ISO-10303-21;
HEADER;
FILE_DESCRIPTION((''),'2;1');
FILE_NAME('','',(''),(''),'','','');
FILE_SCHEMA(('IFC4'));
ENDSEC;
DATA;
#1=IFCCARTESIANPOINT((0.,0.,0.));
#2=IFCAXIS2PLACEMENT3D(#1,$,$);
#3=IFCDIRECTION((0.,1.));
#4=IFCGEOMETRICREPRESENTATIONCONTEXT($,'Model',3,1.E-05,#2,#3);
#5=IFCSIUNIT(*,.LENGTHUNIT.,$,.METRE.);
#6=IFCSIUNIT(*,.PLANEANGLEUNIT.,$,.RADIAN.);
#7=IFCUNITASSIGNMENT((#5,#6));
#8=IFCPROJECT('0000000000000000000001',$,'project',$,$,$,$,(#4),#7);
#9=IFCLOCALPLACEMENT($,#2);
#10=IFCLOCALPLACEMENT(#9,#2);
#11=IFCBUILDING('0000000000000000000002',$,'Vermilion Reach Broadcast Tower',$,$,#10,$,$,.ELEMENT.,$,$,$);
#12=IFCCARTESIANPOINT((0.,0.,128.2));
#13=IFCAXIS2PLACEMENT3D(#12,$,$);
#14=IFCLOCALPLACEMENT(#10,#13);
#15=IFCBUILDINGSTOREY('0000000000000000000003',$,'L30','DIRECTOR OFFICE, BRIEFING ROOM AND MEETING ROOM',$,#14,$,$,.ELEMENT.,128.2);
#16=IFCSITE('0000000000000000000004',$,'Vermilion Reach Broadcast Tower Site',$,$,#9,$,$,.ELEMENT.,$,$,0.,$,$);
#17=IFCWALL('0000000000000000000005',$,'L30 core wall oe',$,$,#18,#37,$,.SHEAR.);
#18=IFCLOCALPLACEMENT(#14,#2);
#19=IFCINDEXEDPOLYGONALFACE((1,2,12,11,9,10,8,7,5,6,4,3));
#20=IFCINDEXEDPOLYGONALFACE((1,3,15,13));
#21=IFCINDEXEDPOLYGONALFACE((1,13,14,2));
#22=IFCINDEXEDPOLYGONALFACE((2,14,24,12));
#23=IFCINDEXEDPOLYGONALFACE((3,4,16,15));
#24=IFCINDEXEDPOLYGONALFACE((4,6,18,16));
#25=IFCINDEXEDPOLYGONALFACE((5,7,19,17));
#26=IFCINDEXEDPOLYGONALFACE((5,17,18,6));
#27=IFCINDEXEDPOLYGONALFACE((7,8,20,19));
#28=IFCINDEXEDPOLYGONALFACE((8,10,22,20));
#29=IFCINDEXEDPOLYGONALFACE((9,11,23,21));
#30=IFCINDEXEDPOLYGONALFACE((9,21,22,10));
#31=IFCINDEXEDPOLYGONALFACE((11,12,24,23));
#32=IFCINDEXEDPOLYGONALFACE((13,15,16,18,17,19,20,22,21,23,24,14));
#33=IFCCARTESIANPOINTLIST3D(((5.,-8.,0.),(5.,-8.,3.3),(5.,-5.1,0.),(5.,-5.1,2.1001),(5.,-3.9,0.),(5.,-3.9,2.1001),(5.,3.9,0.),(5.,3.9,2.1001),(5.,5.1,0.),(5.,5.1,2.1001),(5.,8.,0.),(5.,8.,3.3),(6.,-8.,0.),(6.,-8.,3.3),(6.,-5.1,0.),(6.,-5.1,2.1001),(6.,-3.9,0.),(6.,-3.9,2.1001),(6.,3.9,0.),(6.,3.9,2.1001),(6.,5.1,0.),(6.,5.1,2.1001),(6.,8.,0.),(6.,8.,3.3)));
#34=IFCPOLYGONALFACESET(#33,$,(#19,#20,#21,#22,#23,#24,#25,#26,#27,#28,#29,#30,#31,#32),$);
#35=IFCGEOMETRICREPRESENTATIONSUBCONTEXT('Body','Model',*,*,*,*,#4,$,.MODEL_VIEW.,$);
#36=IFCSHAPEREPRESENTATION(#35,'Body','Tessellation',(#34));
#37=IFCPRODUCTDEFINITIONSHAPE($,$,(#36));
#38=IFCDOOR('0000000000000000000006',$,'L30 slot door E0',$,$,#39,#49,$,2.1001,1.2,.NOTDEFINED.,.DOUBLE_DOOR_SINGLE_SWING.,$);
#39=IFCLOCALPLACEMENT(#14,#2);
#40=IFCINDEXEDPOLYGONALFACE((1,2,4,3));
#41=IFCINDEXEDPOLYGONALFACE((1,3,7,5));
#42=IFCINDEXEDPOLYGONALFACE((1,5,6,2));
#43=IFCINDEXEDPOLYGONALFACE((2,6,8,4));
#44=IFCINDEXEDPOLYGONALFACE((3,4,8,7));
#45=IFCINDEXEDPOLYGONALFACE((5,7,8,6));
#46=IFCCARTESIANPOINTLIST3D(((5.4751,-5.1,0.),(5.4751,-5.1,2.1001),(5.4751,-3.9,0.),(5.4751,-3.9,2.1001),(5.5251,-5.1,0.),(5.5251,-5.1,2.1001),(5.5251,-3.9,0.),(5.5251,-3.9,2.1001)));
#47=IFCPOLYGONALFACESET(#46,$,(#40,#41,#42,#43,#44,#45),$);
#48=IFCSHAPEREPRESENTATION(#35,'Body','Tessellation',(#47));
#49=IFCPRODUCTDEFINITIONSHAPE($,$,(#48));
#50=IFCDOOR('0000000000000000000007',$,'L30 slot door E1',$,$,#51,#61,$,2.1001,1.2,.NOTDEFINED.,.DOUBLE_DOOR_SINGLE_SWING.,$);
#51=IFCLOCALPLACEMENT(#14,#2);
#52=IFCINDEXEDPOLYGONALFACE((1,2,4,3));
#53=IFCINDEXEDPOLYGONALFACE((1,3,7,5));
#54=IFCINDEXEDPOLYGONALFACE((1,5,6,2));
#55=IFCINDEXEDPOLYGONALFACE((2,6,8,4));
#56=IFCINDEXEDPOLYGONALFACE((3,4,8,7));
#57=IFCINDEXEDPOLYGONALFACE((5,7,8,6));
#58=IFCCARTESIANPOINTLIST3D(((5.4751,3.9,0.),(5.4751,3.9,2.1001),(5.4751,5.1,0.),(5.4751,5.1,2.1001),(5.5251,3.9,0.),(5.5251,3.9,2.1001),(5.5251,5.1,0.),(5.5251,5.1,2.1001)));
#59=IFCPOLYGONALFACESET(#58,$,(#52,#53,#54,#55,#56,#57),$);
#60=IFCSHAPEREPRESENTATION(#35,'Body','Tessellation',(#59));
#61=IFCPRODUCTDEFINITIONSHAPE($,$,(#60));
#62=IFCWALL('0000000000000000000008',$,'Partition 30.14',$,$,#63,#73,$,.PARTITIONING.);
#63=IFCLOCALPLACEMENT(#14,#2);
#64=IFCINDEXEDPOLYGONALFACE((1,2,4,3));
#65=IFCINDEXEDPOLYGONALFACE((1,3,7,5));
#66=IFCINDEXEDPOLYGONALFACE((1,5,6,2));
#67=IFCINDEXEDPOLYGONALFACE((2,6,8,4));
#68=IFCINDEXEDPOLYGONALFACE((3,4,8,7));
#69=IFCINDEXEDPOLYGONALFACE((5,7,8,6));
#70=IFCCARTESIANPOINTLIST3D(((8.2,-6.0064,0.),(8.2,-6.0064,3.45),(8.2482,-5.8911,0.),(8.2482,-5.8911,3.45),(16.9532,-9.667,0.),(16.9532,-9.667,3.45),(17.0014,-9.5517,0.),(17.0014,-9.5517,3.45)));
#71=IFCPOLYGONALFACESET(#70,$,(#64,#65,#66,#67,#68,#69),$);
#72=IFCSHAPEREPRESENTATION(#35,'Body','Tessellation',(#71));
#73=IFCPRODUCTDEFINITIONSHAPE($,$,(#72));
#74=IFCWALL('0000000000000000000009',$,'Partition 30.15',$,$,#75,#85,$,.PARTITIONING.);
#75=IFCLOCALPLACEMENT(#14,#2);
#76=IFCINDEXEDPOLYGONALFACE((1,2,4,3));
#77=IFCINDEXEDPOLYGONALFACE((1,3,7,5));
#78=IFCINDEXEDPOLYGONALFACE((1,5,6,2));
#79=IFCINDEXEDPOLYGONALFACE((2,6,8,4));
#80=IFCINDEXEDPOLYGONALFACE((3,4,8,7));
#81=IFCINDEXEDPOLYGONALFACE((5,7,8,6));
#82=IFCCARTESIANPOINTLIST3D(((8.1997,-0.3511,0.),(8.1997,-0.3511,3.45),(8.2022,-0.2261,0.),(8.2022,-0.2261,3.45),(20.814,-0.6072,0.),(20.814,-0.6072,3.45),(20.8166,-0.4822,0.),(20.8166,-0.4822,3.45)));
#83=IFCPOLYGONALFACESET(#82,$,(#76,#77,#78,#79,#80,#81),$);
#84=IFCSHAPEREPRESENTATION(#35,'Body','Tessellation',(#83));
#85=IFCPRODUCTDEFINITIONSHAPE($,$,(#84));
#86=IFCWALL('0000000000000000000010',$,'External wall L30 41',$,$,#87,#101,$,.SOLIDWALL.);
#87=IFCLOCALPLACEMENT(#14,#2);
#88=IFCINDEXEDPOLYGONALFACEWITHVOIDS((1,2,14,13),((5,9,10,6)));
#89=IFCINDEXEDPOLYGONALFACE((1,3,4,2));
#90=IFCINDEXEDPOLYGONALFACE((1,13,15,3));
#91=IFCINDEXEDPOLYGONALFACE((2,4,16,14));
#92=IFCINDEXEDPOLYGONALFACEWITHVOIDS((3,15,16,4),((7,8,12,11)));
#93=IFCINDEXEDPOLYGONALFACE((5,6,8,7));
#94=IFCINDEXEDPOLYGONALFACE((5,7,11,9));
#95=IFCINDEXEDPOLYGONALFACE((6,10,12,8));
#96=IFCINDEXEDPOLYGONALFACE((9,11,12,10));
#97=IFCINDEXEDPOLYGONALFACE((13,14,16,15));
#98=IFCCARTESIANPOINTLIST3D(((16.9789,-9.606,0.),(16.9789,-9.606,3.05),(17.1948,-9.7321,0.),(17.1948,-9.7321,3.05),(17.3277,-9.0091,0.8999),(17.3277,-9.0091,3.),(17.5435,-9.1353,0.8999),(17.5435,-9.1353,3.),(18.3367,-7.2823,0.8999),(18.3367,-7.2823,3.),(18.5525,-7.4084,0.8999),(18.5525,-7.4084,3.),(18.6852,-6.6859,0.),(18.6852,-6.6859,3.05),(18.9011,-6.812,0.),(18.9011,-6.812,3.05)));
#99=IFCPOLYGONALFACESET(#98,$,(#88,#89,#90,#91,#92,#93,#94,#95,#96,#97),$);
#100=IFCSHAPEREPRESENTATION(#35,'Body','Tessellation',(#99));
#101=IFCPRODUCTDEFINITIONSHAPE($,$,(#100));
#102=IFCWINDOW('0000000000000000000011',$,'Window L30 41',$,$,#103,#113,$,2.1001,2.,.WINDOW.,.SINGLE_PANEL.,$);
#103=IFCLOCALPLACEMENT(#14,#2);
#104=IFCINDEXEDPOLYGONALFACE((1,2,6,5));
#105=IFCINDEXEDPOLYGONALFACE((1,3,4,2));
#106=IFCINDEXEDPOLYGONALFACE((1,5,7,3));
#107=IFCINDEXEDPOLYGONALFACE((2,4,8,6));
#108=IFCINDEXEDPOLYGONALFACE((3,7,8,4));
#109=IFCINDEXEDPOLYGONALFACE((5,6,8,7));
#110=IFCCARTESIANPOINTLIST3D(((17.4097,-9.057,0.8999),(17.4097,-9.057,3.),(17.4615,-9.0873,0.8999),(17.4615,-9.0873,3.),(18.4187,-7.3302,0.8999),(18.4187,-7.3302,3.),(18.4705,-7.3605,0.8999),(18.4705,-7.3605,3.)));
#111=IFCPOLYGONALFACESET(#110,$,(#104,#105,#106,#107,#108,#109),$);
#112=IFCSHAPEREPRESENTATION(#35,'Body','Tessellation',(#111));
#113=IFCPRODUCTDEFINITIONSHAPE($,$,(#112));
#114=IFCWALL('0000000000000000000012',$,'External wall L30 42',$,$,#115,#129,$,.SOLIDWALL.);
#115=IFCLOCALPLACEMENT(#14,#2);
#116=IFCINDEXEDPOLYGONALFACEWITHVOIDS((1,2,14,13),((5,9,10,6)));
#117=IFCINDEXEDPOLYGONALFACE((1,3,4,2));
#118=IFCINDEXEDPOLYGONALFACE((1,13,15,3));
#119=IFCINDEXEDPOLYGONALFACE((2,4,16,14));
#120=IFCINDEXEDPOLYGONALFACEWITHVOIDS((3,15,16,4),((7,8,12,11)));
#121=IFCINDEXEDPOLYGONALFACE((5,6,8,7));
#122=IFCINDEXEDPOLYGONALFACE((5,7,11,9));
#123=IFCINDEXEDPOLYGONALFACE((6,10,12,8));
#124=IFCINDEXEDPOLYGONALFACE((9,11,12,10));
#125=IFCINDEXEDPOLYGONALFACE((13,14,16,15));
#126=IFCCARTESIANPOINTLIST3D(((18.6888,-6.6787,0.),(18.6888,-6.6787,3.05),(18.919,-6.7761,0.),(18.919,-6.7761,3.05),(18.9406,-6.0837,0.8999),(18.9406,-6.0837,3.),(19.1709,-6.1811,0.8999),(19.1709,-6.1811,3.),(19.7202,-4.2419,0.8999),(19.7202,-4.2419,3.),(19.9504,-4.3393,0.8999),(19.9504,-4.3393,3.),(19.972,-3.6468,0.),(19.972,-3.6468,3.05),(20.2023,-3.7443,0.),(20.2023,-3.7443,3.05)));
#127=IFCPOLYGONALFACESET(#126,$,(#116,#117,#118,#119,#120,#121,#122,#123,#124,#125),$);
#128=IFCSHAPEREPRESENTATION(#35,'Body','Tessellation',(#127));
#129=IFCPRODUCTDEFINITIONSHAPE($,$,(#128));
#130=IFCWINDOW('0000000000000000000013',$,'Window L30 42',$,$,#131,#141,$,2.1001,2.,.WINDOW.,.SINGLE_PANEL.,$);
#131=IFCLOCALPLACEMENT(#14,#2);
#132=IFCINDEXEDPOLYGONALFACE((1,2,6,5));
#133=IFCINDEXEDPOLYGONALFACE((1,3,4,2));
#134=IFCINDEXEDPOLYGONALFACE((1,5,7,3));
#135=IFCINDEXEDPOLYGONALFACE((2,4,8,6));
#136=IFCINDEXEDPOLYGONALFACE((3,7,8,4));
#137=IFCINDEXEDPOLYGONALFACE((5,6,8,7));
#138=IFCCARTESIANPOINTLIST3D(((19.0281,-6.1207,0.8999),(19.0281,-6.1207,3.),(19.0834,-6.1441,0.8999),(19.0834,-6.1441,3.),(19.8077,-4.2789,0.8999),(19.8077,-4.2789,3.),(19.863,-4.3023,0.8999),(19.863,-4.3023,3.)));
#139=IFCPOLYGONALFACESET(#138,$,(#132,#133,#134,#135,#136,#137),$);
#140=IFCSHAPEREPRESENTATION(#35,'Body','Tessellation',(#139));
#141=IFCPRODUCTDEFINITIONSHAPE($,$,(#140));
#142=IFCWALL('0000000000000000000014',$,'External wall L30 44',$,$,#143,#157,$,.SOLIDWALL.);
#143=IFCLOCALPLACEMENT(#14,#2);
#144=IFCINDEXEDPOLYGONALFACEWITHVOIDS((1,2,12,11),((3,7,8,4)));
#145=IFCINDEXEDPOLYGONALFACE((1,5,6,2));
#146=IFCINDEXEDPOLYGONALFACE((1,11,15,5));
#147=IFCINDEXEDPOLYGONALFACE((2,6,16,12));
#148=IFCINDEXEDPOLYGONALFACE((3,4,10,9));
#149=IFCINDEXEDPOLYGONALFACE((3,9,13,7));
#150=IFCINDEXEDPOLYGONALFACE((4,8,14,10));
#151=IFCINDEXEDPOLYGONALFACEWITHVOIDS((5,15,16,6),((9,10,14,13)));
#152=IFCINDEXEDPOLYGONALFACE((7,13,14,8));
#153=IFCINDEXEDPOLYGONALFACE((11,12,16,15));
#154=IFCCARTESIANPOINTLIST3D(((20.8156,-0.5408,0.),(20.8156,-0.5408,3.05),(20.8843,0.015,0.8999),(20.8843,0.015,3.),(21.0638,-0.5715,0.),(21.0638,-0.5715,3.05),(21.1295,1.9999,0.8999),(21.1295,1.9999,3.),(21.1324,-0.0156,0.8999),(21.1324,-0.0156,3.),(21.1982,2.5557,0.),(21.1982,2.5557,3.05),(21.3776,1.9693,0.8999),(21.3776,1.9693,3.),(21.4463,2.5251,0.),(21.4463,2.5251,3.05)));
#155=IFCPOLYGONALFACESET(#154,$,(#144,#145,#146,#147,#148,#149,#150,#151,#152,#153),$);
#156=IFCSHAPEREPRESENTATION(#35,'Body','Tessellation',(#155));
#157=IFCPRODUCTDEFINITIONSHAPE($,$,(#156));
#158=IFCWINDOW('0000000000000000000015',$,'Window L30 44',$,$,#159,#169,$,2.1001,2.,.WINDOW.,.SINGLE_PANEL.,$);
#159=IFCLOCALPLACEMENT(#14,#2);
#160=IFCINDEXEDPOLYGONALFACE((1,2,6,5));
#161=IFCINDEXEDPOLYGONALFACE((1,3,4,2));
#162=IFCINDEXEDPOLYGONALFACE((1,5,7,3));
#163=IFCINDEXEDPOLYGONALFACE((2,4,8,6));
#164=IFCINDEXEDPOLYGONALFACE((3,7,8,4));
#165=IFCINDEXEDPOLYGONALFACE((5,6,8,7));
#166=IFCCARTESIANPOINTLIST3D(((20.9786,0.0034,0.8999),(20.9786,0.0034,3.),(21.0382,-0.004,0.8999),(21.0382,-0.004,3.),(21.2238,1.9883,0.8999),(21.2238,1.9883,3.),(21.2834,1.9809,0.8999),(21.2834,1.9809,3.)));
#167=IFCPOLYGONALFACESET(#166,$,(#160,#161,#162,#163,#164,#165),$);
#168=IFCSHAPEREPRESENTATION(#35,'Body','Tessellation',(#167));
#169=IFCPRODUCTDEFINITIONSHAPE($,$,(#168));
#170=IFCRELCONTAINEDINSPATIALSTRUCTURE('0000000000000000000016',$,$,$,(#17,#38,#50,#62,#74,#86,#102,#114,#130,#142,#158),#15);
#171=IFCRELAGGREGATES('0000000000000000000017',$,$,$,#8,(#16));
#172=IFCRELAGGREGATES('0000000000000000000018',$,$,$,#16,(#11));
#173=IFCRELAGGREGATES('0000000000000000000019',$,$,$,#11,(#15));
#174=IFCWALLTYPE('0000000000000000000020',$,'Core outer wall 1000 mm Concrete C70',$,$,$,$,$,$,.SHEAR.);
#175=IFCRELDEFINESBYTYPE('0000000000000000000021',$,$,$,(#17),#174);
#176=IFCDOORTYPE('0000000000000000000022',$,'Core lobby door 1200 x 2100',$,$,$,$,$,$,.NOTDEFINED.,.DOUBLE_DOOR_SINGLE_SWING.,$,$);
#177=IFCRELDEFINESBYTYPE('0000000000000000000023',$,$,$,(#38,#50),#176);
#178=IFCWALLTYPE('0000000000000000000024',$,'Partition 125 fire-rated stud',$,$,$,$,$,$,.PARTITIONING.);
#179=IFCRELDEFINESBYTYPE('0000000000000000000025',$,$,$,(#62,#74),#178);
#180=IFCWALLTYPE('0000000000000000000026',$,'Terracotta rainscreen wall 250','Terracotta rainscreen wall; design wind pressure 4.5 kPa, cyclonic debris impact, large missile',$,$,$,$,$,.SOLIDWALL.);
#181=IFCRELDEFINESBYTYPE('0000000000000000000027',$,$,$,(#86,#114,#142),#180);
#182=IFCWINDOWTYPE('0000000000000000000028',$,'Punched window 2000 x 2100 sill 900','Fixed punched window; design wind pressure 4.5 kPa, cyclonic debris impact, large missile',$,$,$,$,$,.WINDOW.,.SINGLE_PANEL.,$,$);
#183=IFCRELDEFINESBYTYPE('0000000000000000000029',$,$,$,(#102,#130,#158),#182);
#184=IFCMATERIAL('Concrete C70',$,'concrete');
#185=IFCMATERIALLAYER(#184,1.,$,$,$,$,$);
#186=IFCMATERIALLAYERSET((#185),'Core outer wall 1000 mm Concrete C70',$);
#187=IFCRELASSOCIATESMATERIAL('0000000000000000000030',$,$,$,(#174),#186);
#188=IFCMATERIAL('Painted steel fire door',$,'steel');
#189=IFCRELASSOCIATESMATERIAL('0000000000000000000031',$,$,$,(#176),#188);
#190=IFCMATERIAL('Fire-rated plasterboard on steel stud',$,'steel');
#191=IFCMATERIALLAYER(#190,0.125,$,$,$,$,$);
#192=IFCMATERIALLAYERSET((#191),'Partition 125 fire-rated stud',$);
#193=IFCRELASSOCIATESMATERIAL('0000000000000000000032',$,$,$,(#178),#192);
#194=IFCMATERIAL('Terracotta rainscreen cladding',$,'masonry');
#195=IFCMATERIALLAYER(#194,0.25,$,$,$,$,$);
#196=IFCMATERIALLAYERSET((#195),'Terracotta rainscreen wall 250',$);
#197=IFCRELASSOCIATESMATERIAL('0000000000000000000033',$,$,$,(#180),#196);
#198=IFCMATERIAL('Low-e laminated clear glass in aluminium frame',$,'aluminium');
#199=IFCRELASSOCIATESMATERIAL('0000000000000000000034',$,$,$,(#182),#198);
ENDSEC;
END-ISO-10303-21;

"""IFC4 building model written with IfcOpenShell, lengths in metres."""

from ifc_helpers import new_model, si_unit, direction, frame, frame_2d, origin, place, context, subcontext, project, spatial, rectangle, extrude, material, layer, layer_set, type_object, element, fill, save


model = new_model("IFC4")

# Units and contexts
model_context = context("Model", 3, precision=1e-05, world=origin(), true_north=direction((0.0, 1.0)))
body_context = subcontext(model_context, "Body", "Model", "MODEL_VIEW")
ifc_project = project(units=[si_unit("LENGTHUNIT", "METRE"), si_unit("PLANEANGLEUNIT", "RADIAN")], contexts=[model_context])

# Site, building, storey
site_placement = place(None, origin())
site = spatial("IfcSite", under=ifc_project, at=site_placement, Name="Vermilion Reach Broadcast Tower Site", CompositionType="ELEMENT", RefElevation=0.0)
building_placement = place(site_placement, origin())
building = spatial("IfcBuilding", under=site, at=building_placement, Name="Vermilion Reach Broadcast Tower", CompositionType="ELEMENT")
storey_placement = place(building_placement, frame((0.0, 0.0, 128.2)))
storey = spatial("IfcBuildingStorey", under=building, at=storey_placement, Name="L30", Description="DIRECTOR OFFICE, BRIEFING ROOM AND MEETING ROOM", CompositionType="ELEMENT", Elevation=128.2)

# Wall, openings, doors
ifc_material_1 = material(Name="Concrete C70", Category="concrete")
ifc_layer_1 = layer(ifc_material_1, 1.0)
ifc_layer_set_1 = layer_set([ifc_layer_1], Name="Core outer wall 1000 mm Concrete C70")
wall_type_1 = type_object("IfcWallType", Name="Core outer wall 1000 mm Concrete C70", PredefinedType="SHEAR", material=ifc_layer_set_1)
wall_1_placement = place(storey_placement, frame((5.5, -8.0, 0.0), z_axis=(0.0, 0.0, 1.0), x_axis=(0.0, 1.0, 0.0)))
wall_1 = element("IfcWall", 1, at=wall_1_placement, inside=storey, type_object=wall_type_1, Name="L30 core wall oe", PredefinedType="SHEAR", context=body_context, shape_type="SweptSolid", body=[
    extrude(rectangle(XDim=16.0, YDim=1.0, at=frame_2d((8.0, 0.0))), origin(), (0.0, 0.0, 1.0), 3.3),
])
opening_1_placement = place(wall_1_placement, frame((2.8999, 0.0, 0.0)))
opening_1 = element("IfcOpeningElement", 2, at=opening_1_placement, cuts=wall_1, PredefinedType="OPENING", context=body_context, shape_type="SweptSolid", body=[
    extrude(rectangle(XDim=1.2, YDim=2.1001, at=frame_2d((0.6001, 1.05))), frame((0.0, 0.51, 0.0), z_axis=(0.0, -1.0, 0.0), x_axis=(1.0, 0.0, 0.0)), (0.0, 0.0, 1.0), 1.02),
])
opening_2_placement = place(wall_1_placement, frame((11.8999, 0.0, 0.0)))
opening_2 = element("IfcOpeningElement", 3, at=opening_2_placement, cuts=wall_1, PredefinedType="OPENING", context=body_context, shape_type="SweptSolid", body=[
    extrude(rectangle(XDim=1.2, YDim=2.1001, at=frame_2d((0.6001, 1.05))), frame((0.0, 0.51, 0.0), z_axis=(0.0, -1.0, 0.0), x_axis=(1.0, 0.0, 0.0)), (0.0, 0.0, 1.0), 1.02),
])
ifc_material_2 = material(Name="Painted steel fire door", Category="steel")
door_type_1 = type_object("IfcDoorType", Name="Core lobby door 1200 x 2100", OperationType="DOUBLE_DOOR_SINGLE_SWING", PredefinedType="NOTDEFINED", material=ifc_material_2)
door_1_placement = place(opening_1_placement, origin())
door_1 = element("IfcDoor", 4, at=door_1_placement, inside=storey, type_object=door_type_1, Name="L30 slot door E0", OperationType="DOUBLE_DOOR_SINGLE_SWING", OverallHeight=2.1001, OverallWidth=1.2, PredefinedType="NOTDEFINED", context=body_context, shape_type="SweptSolid", body=[
    extrude(rectangle(XDim=1.2, YDim=2.1001, at=frame_2d((0.6001, 1.05))), frame((0.0, 0.0249, 0.0), z_axis=(0.0, -1.0, 0.0), x_axis=(1.0, 0.0, 0.0)), (0.0, 0.0, 1.0), 0.05),
])
fill(opening_1, door_1)
door_2_placement = place(opening_2_placement, origin())
door_2 = element("IfcDoor", 5, at=door_2_placement, inside=storey, type_object=door_type_1, Name="L30 slot door E1", OperationType="DOUBLE_DOOR_SINGLE_SWING", OverallHeight=2.1001, OverallWidth=1.2, PredefinedType="NOTDEFINED", context=body_context, shape_type="SweptSolid", body=[
    extrude(rectangle(XDim=1.2, YDim=2.1001, at=frame_2d((0.6001, 1.05))), frame((0.0, 0.0249, 0.0), z_axis=(0.0, -1.0, 0.0), x_axis=(1.0, 0.0, 0.0)), (0.0, 0.0, 1.0), 0.05),
])
fill(opening_2, door_2)

# Walls
ifc_material_3 = material(Name="Fire-rated plasterboard on steel stud", Category="steel")
ifc_layer_2 = layer(ifc_material_3, 0.125)
ifc_layer_set_2 = layer_set([ifc_layer_2], Name="Partition 125 fire-rated stud")
wall_type_2 = type_object("IfcWallType", Name="Partition 125 fire-rated stud", PredefinedType="PARTITIONING", material=ifc_layer_set_2)
wall_2_placement = place(storey_placement, frame((16.9773, -9.6094, 0.0), z_axis=(0.0, 0.0, 1.0), x_axis=(-0.922571, 0.385826, 0.0)))
element("IfcWall", 6, at=wall_2_placement, inside=storey, type_object=wall_type_2, Name="Partition 30.14", PredefinedType="PARTITIONING", context=body_context, shape_type="SweptSolid", body=[
    extrude(rectangle(XDim=9.4878, YDim=0.125, at=frame_2d((4.7439, 0.0))), origin(), (0.0, 0.0, 1.0), 3.45),
])
wall_3_placement = place(storey_placement, frame((20.8154, -0.5447, 0.0), z_axis=(0.0, 0.0, 1.0), x_axis=(-0.999794, 0.020299, 0.0)))
element("IfcWall", 7, at=wall_3_placement, inside=storey, type_object=wall_type_2, Name="Partition 30.15", PredefinedType="PARTITIONING", context=body_context, shape_type="SweptSolid", body=[
    extrude(rectangle(XDim=12.6169, YDim=0.125, at=frame_2d((6.3086, 0.0))), origin(), (0.0, 0.0, 1.0), 3.45),
])

# Walls, openings, windows
ifc_material_4 = material(Name="Terracotta rainscreen cladding", Category="masonry")
ifc_layer_3 = layer(ifc_material_4, 0.25)
ifc_layer_set_3 = layer_set([ifc_layer_3], Name="Terracotta rainscreen wall 250")
wall_type_3 = type_object("IfcWallType", Name="Terracotta rainscreen wall 250", Description="Terracotta rainscreen wall; design wind pressure 4.5 kPa, cyclonic debris impact, large missile", PredefinedType="SOLIDWALL", material=ifc_layer_set_3)
wall_4_placement = place(storey_placement, frame((17.0869, -9.6689, 0.0), z_axis=(0.0, 0.0, 1.0), x_axis=(0.504504, 0.86341, 0.0)))
wall_4 = element("IfcWall", 8, at=wall_4_placement, inside=storey, type_object=wall_type_3, Name="External wall L30 41", PredefinedType="SOLIDWALL", context=body_context, shape_type="SweptSolid", body=[
    extrude(rectangle(XDim=3.3821, YDim=0.25, at=frame_2d((1.6909, 0.0))), origin(), (0.0, 0.0, 1.0), 3.05),
])
opening_3_placement = place(wall_4_placement, frame((0.6912, 0.0, 0.8999)))
opening_3 = element("IfcOpeningElement", 9, at=opening_3_placement, cuts=wall_4, PredefinedType="OPENING", context=body_context, shape_type="SweptSolid", body=[
    extrude(rectangle(XDim=2.0, YDim=2.1001, at=frame_2d((1.0, 1.05))), frame((0.0, 0.135, 0.0), z_axis=(0.0, -1.0, 0.0), x_axis=(1.0, 0.0, 0.0)), (0.0, 0.0, 1.0), 0.27),
])
ifc_material_5 = material(Name="Low-e laminated clear glass in aluminium frame", Category="aluminium")
window_type = type_object("IfcWindowType", Name="Punched window 2000 x 2100 sill 900", Description="Fixed punched window; design wind pressure 4.5 kPa, cyclonic debris impact, large missile", PartitioningType="SINGLE_PANEL", PredefinedType="WINDOW", material=ifc_material_5)
window_1_placement = place(opening_3_placement, origin())
window_1 = element("IfcWindow", 10, at=window_1_placement, inside=storey, type_object=window_type, Name="Window L30 41", OverallHeight=2.1001, OverallWidth=2.0, PartitioningType="SINGLE_PANEL", PredefinedType="WINDOW", context=body_context, shape_type="SweptSolid", body=[
    extrude(rectangle(XDim=2.0, YDim=2.1001, at=frame_2d((1.0, 1.05))), frame((0.0, 0.03, 0.0), z_axis=(0.0, -1.0, 0.0), x_axis=(1.0, 0.0, 0.0)), (0.0, 0.0, 1.0), 0.0601),
])
fill(opening_3, window_1)
wall_5_placement = place(storey_placement, frame((18.804, -6.7273, 0.0), z_axis=(0.0, 0.0, 1.0), x_axis=(0.38978, 0.920908, 0.0)))
wall_5 = element("IfcWall", 11, at=wall_5_placement, inside=storey, type_object=wall_type_3, Name="External wall L30 42", PredefinedType="SOLIDWALL", context=body_context, shape_type="SweptSolid", body=[
    extrude(rectangle(XDim=3.2922, YDim=0.25, at=frame_2d((1.646, 0.0))), origin(), (0.0, 0.0, 1.0), 3.05),
])
opening_4_placement = place(wall_5_placement, frame((0.646, 0.0, 0.8999)))
opening_4 = element("IfcOpeningElement", 12, at=opening_4_placement, cuts=wall_5, PredefinedType="OPENING", context=body_context, shape_type="SweptSolid", body=[
    extrude(rectangle(XDim=2.0, YDim=2.1001, at=frame_2d((1.0, 1.05))), frame((0.0, 0.135, 0.0), z_axis=(0.0, -1.0, 0.0), x_axis=(1.0, 0.0, 0.0)), (0.0, 0.0, 1.0), 0.27),
])
window_2_placement = place(opening_4_placement, origin())
window_2 = element("IfcWindow", 13, at=window_2_placement, inside=storey, type_object=window_type, Name="Window L30 42", OverallHeight=2.1001, OverallWidth=2.0, PartitioningType="SINGLE_PANEL", PredefinedType="WINDOW", context=body_context, shape_type="SweptSolid", body=[
    extrude(rectangle(XDim=2.0, YDim=2.1001, at=frame_2d((1.0, 1.05))), frame((0.0, 0.03, 0.0), z_axis=(0.0, -1.0, 0.0), x_axis=(1.0, 0.0, 0.0)), (0.0, 0.0, 1.0), 0.0601),
])
fill(opening_4, window_2)

# Wall, opening, window
wall_6_placement = place(storey_placement, frame((20.9397, -0.5562, 0.0), z_axis=(0.0, 0.0, 1.0), x_axis=(0.122609, 0.992455, 0.0)))
wall_6 = element("IfcWall", 14, at=wall_6_placement, inside=storey, type_object=wall_type_3, Name="External wall L30 44", PredefinedType="SOLIDWALL", context=body_context, shape_type="SweptSolid", body=[
    extrude(rectangle(XDim=3.1201, YDim=0.25, at=frame_2d((1.5601, 0.0))), origin(), (0.0, 0.0, 1.0), 3.05),
])
opening_5_placement = place(wall_6_placement, frame((0.5601, 0.0, 0.8999)))
opening_5 = element("IfcOpeningElement", 15, at=opening_5_placement, cuts=wall_6, PredefinedType="OPENING", context=body_context, shape_type="SweptSolid", body=[
    extrude(rectangle(XDim=2.0, YDim=2.1001, at=frame_2d((1.0, 1.05))), frame((0.0, 0.135, 0.0), z_axis=(0.0, -1.0, 0.0), x_axis=(1.0, 0.0, 0.0)), (0.0, 0.0, 1.0), 0.27),
])
window_3_placement = place(opening_5_placement, origin())
window_3 = element("IfcWindow", 16, at=window_3_placement, inside=storey, type_object=window_type, Name="Window L30 44", OverallHeight=2.1001, OverallWidth=2.0, PartitioningType="SINGLE_PANEL", PredefinedType="WINDOW", context=body_context, shape_type="SweptSolid", body=[
    extrude(rectangle(XDim=2.0, YDim=2.1001, at=frame_2d((1.0, 1.05))), frame((0.0, 0.03, 0.0), z_axis=(0.0, -1.0, 0.0), x_axis=(1.0, 0.0, 0.0)), (0.0, 0.0, 1.0), 0.0601),
])
fill(opening_5, window_3)

save(model, "model.ifc")
